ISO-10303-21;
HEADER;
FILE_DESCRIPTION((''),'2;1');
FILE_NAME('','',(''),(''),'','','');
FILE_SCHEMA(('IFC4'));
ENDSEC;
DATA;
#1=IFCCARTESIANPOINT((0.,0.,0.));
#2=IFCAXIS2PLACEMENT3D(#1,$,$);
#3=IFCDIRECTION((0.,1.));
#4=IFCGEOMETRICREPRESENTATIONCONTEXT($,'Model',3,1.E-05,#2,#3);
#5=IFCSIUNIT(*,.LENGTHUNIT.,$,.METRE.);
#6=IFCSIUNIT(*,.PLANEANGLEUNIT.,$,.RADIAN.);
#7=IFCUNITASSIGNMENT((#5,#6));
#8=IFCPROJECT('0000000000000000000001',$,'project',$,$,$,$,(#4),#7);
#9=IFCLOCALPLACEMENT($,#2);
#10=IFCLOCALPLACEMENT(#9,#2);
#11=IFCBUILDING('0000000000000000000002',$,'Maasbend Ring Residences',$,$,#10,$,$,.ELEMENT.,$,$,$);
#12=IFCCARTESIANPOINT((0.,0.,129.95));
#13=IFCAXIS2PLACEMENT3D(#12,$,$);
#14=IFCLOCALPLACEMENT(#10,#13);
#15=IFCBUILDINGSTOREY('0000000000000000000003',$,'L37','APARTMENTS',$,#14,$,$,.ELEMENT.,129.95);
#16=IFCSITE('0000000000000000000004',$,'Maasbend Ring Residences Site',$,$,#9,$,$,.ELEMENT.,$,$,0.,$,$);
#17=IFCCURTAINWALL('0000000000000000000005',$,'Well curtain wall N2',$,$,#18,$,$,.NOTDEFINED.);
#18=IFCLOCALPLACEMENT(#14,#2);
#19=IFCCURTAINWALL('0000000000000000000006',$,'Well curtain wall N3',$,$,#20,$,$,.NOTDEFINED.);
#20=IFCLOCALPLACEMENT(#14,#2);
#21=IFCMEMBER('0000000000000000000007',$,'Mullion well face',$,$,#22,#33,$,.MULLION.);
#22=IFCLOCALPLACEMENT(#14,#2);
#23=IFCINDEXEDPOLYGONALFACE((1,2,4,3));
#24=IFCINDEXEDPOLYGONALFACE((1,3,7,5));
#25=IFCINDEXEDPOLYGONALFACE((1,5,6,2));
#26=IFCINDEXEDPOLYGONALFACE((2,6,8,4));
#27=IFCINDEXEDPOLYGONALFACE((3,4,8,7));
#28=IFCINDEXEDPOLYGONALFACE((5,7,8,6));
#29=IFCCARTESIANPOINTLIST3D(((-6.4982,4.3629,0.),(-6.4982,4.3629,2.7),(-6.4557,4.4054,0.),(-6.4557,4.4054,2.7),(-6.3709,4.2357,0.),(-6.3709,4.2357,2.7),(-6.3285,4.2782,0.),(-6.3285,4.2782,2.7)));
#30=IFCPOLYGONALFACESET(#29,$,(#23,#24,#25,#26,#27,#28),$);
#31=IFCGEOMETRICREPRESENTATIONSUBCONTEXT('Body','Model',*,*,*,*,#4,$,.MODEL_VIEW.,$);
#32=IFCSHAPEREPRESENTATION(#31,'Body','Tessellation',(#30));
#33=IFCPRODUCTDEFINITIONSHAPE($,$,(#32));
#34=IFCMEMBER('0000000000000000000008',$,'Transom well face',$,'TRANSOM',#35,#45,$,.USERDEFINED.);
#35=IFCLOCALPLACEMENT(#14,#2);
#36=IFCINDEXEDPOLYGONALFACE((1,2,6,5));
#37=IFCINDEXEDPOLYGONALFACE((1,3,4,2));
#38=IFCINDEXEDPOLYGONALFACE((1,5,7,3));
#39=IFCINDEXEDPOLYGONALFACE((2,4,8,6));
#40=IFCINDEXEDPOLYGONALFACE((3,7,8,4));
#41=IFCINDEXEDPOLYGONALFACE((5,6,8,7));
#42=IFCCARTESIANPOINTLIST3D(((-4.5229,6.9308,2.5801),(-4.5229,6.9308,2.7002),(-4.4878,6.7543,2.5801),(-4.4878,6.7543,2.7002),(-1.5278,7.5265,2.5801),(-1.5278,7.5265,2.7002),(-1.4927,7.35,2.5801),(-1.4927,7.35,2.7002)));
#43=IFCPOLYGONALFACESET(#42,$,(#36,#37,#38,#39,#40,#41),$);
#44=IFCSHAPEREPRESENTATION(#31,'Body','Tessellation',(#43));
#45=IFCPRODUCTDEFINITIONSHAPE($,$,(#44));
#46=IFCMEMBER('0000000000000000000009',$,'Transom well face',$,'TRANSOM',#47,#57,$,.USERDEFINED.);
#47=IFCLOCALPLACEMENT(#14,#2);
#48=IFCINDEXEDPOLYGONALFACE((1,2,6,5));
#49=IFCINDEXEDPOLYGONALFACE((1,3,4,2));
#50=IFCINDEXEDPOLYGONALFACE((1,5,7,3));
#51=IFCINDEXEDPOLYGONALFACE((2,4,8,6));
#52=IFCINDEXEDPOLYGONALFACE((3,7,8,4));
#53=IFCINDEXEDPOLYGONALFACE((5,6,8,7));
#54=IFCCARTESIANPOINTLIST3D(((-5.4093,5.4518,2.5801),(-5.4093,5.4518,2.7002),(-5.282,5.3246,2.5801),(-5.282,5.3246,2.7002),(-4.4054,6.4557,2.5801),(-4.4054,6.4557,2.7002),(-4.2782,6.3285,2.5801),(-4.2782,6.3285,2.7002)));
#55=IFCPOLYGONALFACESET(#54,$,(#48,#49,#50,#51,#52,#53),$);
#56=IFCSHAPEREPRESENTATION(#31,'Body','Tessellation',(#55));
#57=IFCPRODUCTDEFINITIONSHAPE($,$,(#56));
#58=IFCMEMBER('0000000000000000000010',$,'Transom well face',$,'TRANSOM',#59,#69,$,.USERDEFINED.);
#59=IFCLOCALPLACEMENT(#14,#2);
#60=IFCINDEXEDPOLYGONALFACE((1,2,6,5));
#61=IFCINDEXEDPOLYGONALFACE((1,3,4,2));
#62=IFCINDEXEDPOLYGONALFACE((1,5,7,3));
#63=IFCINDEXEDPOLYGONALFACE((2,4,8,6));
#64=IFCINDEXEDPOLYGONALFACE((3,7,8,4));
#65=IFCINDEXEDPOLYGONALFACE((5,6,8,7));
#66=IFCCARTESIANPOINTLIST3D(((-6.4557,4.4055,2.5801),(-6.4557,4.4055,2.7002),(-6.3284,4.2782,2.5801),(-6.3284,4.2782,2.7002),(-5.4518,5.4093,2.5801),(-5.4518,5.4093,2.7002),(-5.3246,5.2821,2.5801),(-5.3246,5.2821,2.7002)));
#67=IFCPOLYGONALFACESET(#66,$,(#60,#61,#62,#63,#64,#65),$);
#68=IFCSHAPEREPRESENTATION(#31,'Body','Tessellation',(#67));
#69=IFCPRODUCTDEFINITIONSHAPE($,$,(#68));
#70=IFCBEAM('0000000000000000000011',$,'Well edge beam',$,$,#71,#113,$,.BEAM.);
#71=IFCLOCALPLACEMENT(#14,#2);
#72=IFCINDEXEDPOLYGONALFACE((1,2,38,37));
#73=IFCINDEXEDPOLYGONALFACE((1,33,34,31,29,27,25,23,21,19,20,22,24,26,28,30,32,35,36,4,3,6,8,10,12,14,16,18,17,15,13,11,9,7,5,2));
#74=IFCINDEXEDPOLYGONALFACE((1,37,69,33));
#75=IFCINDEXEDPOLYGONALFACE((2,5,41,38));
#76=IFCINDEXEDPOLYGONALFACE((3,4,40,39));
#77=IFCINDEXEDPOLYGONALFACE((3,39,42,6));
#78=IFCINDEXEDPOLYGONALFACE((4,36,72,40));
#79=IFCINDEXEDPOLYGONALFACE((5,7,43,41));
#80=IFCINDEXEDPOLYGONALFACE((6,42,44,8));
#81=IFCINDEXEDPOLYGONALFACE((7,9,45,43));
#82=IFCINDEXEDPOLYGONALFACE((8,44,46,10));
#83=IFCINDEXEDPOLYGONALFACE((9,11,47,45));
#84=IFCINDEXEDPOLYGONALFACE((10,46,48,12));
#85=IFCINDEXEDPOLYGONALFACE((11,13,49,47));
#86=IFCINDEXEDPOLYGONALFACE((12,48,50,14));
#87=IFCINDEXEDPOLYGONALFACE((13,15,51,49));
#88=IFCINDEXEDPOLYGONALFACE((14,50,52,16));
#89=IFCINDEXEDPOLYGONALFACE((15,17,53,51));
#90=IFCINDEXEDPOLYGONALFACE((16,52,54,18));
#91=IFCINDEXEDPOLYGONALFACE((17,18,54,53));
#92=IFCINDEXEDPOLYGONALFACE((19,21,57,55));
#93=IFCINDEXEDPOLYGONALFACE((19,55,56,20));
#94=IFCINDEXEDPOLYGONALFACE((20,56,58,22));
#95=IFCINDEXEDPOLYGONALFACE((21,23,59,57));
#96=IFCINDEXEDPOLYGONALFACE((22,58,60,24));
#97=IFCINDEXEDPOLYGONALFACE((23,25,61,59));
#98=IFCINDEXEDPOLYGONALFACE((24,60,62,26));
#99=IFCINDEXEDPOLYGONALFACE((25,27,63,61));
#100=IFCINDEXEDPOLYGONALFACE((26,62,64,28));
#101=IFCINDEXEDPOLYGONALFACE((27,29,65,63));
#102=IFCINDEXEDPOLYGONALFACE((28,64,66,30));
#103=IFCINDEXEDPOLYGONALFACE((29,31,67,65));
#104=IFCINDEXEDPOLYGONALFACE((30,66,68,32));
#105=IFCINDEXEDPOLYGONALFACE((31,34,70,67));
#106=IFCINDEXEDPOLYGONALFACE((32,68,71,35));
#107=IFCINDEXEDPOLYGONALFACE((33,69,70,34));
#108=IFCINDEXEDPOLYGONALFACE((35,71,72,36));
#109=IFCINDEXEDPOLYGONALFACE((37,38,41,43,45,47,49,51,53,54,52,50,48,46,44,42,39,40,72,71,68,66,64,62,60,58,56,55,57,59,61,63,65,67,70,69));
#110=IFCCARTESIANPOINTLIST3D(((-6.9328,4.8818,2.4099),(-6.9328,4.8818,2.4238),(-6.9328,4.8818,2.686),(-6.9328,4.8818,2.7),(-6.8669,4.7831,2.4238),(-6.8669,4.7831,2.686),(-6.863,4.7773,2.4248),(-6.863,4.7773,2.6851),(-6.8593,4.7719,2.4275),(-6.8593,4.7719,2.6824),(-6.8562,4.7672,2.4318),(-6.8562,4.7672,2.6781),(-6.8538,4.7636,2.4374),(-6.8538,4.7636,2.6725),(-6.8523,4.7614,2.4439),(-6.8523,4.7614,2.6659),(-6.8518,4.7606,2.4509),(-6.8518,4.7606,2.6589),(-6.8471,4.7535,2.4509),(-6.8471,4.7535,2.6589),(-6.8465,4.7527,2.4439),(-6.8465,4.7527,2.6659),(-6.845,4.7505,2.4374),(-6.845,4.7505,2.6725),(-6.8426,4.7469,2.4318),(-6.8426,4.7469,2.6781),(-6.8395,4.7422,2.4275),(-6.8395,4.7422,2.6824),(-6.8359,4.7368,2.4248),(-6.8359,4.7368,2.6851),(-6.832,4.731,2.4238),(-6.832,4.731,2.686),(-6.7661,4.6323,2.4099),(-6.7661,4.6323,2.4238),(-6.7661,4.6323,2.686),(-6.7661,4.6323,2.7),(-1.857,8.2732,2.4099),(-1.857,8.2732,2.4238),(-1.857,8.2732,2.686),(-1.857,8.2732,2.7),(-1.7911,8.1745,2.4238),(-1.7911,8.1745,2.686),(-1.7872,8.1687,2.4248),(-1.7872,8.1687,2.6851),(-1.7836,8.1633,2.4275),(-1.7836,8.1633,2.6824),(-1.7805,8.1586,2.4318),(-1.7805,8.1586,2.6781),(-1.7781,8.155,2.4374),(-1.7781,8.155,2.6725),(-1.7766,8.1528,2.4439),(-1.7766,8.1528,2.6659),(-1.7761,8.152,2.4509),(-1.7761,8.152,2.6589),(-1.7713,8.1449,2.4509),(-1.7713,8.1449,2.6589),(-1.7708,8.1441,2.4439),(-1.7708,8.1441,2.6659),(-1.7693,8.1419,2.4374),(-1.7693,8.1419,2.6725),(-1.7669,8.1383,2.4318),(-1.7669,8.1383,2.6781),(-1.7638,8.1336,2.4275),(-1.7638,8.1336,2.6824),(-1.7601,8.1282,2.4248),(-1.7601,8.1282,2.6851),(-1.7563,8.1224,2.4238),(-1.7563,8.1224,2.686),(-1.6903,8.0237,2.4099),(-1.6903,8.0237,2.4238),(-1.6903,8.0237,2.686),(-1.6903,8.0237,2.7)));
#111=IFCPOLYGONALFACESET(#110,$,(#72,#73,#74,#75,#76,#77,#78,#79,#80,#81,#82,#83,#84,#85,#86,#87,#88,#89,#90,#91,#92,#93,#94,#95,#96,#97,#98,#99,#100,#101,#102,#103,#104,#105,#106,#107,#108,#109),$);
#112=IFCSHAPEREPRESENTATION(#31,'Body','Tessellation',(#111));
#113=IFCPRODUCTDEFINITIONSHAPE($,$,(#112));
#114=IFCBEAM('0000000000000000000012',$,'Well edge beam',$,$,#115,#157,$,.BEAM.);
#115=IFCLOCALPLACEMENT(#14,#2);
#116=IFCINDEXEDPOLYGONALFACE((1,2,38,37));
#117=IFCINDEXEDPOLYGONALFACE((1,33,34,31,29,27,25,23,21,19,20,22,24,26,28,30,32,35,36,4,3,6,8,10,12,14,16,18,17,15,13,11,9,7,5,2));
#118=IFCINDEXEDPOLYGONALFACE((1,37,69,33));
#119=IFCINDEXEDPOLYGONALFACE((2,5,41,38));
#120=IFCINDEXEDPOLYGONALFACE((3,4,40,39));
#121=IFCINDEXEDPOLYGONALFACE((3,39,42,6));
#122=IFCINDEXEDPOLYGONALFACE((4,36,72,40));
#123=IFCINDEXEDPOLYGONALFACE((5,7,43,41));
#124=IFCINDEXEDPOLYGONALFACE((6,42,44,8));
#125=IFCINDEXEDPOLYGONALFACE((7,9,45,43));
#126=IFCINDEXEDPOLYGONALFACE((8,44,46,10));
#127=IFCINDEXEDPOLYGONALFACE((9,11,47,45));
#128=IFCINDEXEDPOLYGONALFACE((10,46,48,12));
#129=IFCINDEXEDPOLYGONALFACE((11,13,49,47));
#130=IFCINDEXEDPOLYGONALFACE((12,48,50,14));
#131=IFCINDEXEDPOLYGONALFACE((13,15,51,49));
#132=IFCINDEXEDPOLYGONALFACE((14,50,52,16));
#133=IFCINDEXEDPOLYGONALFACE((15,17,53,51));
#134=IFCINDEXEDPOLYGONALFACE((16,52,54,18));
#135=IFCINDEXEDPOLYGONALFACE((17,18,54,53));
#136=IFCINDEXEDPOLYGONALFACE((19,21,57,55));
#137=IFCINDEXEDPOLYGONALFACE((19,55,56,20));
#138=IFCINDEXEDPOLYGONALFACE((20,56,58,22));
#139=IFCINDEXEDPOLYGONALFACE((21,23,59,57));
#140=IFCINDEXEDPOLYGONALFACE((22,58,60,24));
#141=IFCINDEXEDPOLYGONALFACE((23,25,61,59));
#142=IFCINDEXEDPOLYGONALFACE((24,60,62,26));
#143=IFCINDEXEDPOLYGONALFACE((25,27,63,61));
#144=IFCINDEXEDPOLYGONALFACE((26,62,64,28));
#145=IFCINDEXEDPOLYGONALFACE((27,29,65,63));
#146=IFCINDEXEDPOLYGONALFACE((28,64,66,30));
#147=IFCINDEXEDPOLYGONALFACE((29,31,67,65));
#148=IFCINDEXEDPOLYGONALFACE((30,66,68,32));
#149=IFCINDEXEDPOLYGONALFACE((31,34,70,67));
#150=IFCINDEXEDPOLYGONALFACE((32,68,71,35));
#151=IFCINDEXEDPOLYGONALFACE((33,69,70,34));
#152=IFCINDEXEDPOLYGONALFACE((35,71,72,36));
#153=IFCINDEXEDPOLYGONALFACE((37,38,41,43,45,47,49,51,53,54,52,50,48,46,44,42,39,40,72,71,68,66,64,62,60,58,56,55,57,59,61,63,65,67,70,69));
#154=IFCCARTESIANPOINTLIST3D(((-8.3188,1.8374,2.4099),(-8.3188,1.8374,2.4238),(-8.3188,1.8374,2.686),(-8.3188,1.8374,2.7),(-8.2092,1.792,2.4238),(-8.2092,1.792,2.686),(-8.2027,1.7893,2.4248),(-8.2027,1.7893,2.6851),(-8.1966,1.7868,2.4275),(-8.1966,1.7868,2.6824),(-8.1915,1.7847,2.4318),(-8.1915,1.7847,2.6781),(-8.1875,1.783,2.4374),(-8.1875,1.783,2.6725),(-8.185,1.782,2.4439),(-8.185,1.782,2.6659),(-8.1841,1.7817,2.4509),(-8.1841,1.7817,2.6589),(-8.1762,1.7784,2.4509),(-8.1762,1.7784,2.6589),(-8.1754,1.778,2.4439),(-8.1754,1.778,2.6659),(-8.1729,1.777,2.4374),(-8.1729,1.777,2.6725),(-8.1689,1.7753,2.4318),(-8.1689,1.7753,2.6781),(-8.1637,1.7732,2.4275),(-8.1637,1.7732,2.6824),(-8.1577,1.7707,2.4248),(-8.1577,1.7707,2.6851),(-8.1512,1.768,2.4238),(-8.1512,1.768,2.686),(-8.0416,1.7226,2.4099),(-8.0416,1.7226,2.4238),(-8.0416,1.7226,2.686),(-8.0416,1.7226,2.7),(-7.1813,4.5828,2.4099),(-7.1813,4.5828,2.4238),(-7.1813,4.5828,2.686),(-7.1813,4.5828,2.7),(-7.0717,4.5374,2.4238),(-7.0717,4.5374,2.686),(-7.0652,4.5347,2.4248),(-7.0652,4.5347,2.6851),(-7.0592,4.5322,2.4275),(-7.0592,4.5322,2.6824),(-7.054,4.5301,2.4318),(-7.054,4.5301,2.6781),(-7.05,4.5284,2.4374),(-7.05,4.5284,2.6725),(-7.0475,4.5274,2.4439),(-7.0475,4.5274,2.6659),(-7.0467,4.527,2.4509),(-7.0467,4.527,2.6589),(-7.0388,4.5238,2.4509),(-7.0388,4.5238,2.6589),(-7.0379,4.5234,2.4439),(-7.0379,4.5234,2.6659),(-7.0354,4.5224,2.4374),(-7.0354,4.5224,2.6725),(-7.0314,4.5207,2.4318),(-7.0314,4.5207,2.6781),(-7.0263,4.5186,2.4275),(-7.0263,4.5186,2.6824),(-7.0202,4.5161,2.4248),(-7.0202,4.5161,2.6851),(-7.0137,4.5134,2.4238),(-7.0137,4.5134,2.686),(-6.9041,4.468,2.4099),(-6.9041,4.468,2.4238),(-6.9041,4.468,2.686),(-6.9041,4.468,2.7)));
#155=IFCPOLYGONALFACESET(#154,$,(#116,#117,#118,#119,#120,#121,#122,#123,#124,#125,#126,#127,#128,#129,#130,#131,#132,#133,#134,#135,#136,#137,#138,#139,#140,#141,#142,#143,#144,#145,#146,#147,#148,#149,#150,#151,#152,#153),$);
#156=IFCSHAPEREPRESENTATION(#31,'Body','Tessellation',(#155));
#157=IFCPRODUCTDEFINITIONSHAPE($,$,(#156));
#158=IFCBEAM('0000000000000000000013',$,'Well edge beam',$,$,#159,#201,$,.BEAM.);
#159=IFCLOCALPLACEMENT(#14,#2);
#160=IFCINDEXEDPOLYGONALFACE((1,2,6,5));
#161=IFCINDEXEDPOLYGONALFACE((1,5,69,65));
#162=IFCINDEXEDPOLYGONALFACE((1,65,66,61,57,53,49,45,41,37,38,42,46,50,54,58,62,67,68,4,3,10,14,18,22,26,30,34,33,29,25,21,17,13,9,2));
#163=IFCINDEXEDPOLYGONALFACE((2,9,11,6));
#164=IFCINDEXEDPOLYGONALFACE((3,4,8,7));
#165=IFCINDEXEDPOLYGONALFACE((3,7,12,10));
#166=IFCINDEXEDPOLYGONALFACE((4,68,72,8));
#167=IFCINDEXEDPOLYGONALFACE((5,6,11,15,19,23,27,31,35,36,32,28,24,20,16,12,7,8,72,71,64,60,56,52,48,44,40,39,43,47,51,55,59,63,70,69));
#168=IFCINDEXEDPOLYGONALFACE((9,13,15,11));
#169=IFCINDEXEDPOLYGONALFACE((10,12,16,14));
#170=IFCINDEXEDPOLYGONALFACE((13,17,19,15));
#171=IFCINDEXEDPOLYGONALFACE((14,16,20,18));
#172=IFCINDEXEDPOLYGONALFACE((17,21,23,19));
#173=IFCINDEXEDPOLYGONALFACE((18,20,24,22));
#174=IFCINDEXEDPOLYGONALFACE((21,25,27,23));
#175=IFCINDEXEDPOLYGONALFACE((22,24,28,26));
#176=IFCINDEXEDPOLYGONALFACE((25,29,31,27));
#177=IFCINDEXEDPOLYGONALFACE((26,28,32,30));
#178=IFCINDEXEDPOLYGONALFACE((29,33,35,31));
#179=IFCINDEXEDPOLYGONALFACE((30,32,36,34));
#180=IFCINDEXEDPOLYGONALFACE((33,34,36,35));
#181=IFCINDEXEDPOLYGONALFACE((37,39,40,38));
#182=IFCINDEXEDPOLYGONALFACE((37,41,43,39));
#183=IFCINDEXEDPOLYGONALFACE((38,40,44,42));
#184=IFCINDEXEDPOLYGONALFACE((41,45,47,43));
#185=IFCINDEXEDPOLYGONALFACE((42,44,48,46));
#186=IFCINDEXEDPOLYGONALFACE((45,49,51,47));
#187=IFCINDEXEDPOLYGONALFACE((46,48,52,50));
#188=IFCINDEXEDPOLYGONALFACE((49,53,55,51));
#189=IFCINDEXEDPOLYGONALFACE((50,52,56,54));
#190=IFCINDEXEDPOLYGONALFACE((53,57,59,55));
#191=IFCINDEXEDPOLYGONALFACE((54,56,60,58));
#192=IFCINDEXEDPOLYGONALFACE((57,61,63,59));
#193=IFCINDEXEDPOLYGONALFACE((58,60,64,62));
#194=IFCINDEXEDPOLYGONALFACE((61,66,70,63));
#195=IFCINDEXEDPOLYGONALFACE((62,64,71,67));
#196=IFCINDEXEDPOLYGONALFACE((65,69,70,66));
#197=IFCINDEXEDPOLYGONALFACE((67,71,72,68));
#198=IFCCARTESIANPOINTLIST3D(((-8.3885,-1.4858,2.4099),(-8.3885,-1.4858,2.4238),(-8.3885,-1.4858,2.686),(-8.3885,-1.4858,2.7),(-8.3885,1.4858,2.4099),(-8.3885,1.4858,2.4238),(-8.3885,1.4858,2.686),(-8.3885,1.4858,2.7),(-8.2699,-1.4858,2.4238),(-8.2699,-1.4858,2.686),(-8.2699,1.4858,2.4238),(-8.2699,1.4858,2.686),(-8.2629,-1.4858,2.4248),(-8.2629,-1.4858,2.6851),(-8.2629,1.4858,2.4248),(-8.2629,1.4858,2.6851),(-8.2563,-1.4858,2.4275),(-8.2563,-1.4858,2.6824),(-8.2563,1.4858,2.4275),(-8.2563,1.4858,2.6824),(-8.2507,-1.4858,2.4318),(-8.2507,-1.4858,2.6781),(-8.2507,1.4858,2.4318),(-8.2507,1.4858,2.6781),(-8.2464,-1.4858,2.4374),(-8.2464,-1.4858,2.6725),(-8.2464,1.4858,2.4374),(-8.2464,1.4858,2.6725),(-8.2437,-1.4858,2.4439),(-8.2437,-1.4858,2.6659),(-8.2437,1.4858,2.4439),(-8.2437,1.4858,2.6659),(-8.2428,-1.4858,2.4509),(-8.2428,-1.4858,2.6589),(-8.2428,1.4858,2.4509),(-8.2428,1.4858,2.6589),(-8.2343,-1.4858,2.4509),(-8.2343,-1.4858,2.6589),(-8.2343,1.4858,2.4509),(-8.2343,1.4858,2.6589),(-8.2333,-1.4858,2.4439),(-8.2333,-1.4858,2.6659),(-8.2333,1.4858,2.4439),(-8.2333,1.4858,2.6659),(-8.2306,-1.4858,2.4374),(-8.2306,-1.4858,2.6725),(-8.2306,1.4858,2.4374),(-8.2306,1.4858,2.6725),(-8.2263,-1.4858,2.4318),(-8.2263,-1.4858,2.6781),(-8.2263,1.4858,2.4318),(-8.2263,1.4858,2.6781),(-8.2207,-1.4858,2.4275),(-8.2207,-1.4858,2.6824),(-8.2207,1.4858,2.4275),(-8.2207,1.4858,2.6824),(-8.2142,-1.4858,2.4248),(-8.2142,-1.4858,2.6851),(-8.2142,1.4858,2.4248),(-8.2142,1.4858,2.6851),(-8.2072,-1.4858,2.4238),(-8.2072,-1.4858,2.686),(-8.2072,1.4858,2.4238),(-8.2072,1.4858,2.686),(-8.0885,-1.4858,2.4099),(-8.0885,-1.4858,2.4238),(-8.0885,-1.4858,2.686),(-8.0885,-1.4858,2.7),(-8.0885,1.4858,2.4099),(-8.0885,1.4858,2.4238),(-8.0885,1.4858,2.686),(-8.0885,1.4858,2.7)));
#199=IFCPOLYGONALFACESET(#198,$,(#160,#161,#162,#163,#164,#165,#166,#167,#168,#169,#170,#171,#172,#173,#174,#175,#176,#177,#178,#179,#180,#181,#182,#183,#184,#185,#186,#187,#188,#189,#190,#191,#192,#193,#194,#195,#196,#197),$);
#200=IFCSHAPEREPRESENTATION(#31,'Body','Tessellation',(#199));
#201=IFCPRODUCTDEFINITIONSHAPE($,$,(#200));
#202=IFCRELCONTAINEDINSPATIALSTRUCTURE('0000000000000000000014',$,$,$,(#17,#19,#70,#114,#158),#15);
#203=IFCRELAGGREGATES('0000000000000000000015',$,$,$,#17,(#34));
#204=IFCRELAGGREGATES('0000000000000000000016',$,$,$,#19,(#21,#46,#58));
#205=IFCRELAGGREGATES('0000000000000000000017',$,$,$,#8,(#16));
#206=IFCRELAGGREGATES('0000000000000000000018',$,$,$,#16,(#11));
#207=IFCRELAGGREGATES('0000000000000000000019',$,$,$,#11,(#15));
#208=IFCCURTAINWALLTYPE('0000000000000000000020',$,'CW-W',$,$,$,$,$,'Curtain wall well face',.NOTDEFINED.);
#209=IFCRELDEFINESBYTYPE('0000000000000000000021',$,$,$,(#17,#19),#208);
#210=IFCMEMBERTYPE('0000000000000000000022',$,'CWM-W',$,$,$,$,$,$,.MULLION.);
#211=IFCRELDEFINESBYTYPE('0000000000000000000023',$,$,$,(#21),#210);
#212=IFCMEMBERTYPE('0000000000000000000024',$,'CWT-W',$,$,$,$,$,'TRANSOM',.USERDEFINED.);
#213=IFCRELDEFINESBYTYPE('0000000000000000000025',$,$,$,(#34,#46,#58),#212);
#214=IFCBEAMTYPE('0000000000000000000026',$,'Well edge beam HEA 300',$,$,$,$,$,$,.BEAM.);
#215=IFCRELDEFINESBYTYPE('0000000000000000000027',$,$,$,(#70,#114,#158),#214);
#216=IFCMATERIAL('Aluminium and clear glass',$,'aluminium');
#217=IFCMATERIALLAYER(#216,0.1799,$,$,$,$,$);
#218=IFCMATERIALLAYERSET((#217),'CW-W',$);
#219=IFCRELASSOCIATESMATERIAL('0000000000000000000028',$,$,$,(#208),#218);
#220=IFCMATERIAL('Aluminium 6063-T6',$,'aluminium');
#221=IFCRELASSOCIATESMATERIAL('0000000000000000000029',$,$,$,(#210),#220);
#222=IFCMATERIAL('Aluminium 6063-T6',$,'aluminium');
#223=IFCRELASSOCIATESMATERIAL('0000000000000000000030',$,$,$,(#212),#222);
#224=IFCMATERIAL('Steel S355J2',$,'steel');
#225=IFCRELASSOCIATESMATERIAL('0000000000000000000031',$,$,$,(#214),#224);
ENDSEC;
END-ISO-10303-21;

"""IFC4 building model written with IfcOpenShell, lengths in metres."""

from ifc_helpers import new_model, si_unit, direction, frame, origin, origin_2d, place, context, subcontext, project, spatial, rectangle, i_section, extrude, material, layer, layer_set, material_profile, profile_set, type_object, element, aggregate, save


model = new_model("IFC4")

# Units and contexts
model_context = context("Model", 3, precision=1e-05, world=origin(), true_north=direction((0.0, 1.0)))
body_context = subcontext(model_context, "Body", "Model", "MODEL_VIEW")
ifc_project = project(units=[si_unit("LENGTHUNIT", "METRE"), si_unit("PLANEANGLEUNIT", "RADIAN")], contexts=[model_context])

# Site, building, storey
site_placement = place(None, origin())
site = spatial("IfcSite", under=ifc_project, at=site_placement, Name="Maasbend Ring Residences Site", CompositionType="ELEMENT", RefElevation=0.0)
building_placement = place(site_placement, origin())
building = spatial("IfcBuilding", under=site, at=building_placement, Name="Maasbend Ring Residences", CompositionType="ELEMENT")
storey_placement = place(building_placement, frame((0.0, 0.0, 129.95)))
storey = spatial("IfcBuildingStorey", under=building, at=storey_placement, Name="L37", Description="APARTMENTS", CompositionType="ELEMENT", Elevation=129.95)

# Curtain walls, member
ifc_material_1 = material(Name="Aluminium and clear glass", Category="aluminium")
ifc_layer_1 = layer(ifc_material_1, 0.1799)
ifc_layer_set_1 = layer_set([ifc_layer_1], Name="CW-W")
curtain_wall_type = type_object("IfcCurtainWallType", Name="CW-W", ElementType="Curtain wall well face", PredefinedType="NOTDEFINED", material=ifc_layer_set_1)
curtain_wall_1_placement = place(storey_placement, origin())
curtain_wall_1 = element("IfcCurtainWall", 1, at=curtain_wall_1_placement, inside=storey, type_object=curtain_wall_type, Name="Well curtain wall N2", PredefinedType="NOTDEFINED")
ifc_material_2 = material(Name="Aluminium 6063-T6", Category="aluminium")
ifc_material_profile_1 = material_profile(ifc_material_2, rectangle(XDim=0.1799, YDim=0.0601, at=origin_2d()), Name="AL 180x60")
ifc_profile_set_1 = profile_set([ifc_material_profile_1], Name="Aluminium 6063-T6")
member_type_1 = type_object("IfcMemberType", Name="CWM-W", PredefinedType="MULLION", material=ifc_profile_set_1)
curtain_wall_2_placement = place(storey_placement, origin())
curtain_wall_2 = element("IfcCurtainWall", 2, at=curtain_wall_2_placement, inside=storey, type_object=curtain_wall_type, Name="Well curtain wall N3", PredefinedType="NOTDEFINED")
member_1_placement = place(storey_placement, frame((-6.4133, 4.3206, 0.0), z_axis=(0.0, 0.0, 1.0), x_axis=(0.707107, -0.707107, 0.0)))
member_1 = element("IfcMember", 3, at=member_1_placement, type_object=member_type_1, Name="Mullion well face", PredefinedType="MULLION", context=body_context, shape_type="SweptSolid", body=[
    extrude(rectangle(XDim=0.1799, YDim=0.0601, at=origin_2d()), origin(), (0.0, 0.0, 1.0), 2.7),
])

# Members
ifc_material_3 = material(Name="Aluminium 6063-T6", Category="aluminium")
ifc_material_profile_2 = material_profile(ifc_material_3, rectangle(XDim=0.1799, YDim=0.1201, at=origin_2d()), Name="AL 180x120")
ifc_profile_set_2 = profile_set([ifc_material_profile_2], Name="Aluminium 6063-T6")
member_type_2 = type_object("IfcMemberType", Name="CWT-W", ElementType="TRANSOM", PredefinedType="USERDEFINED", material=ifc_profile_set_2)
member_2_placement = place(storey_placement, frame((-1.5103, 7.4382, 2.6401), z_axis=(-0.980789, -0.195071, 0.0), x_axis=(0.195071, -0.980789, 0.0)))
member_2 = element("IfcMember", 4, at=member_2_placement, type_object=member_type_2, Name="Transom well face", ObjectType="TRANSOM", PredefinedType="USERDEFINED", context=body_context, shape_type="SweptSolid", body=[
    extrude(rectangle(XDim=0.1799, YDim=0.1201, at=origin_2d()), origin(), (0.0, 0.0, 1.0), 3.0537),
])
member_3_placement = place(storey_placement, frame((-4.3418, 6.3921, 2.6401), z_axis=(-0.707107, -0.707107, 0.0), x_axis=(0.707107, -0.707107, 0.0)))
member_3 = element("IfcMember", 5, at=member_3_placement, type_object=member_type_2, Name="Transom well face", ObjectType="TRANSOM", PredefinedType="USERDEFINED", context=body_context, shape_type="SweptSolid", body=[
    extrude(rectangle(XDim=0.1799, YDim=0.1201, at=origin_2d()), origin(), (0.0, 0.0, 1.0), 1.4197),
])
member_4_placement = place(storey_placement, frame((-5.3882, 5.3457, 2.6401), z_axis=(-0.707107, -0.707107, 0.0), x_axis=(0.707107, -0.707107, 0.0)))
member_4 = element("IfcMember", 6, at=member_4_placement, type_object=member_type_2, Name="Transom well face", ObjectType="TRANSOM", PredefinedType="USERDEFINED", context=body_context, shape_type="SweptSolid", body=[
    extrude(rectangle(XDim=0.1799, YDim=0.1201, at=origin_2d()), origin(), (0.0, 0.0, 1.0), 1.4197),
])

# Beams
ifc_material_4 = material(Name="Steel S355J2", Category="steel")
ifc_material_profile_3 = material_profile(ifc_material_4, i_section(OverallWidth=0.3, OverallDepth=0.29, WebThickness=0.0085, FlangeThickness=0.0139, FilletRadius=0.0271, at=origin_2d()), Name="HEA 300")
ifc_profile_set_3 = profile_set([ifc_material_profile_3], Name="Steel S355J2")
beam_type = type_object("IfcBeamType", Name="Well edge beam HEA 300", PredefinedType="BEAM", material=ifc_profile_set_3)
beam_placement = place(storey_placement, frame((-1.7737, 8.1484, 2.5549), z_axis=(-0.831478, -0.555558, 0.0), x_axis=(0.555558, -0.831478, 0.0)))
element("IfcBeam", 7, at=beam_placement, inside=storey, type_object=beam_type, Name="Well edge beam", PredefinedType="BEAM", context=body_context, shape_type="SweptSolid", body=[
    extrude(i_section(OverallWidth=0.3, OverallDepth=0.29, WebThickness=0.0085, FlangeThickness=0.0139, FilletRadius=0.0271, at=origin_2d()), origin(), (0.0, 0.0, 1.0), 6.1045),
])
for number, where, z_axis, x_axis, name in (
    (8, (-7.0427, 4.5254, 2.5549), (-0.382765, -0.923846, 0.0), (0.923846, -0.382765, 0.0), "Well edge beam"),
    (9, (-8.2385, 1.4858, 2.5549), (0.0, -1.0, 0.0), (1.0, 0.0, 0.0), "Well edge beam"),
):
    element("IfcBeam", number, at=place(storey_placement, frame(where, z_axis=z_axis, x_axis=x_axis)), inside=storey, type_object=beam_type, Name=name, PredefinedType="BEAM", context=body_context, shape_type="SweptSolid", body=[
        extrude(i_section(OverallWidth=0.3, OverallDepth=0.29, WebThickness=0.0085, FlangeThickness=0.0139, FilletRadius=0.0271, at=origin_2d()), origin(), (0.0, 0.0, 1.0), 2.9717),
    ])

aggregate(curtain_wall_1, [member_2])
aggregate(curtain_wall_2, [member_1, member_3, member_4])

save(model, "model.ifc")
